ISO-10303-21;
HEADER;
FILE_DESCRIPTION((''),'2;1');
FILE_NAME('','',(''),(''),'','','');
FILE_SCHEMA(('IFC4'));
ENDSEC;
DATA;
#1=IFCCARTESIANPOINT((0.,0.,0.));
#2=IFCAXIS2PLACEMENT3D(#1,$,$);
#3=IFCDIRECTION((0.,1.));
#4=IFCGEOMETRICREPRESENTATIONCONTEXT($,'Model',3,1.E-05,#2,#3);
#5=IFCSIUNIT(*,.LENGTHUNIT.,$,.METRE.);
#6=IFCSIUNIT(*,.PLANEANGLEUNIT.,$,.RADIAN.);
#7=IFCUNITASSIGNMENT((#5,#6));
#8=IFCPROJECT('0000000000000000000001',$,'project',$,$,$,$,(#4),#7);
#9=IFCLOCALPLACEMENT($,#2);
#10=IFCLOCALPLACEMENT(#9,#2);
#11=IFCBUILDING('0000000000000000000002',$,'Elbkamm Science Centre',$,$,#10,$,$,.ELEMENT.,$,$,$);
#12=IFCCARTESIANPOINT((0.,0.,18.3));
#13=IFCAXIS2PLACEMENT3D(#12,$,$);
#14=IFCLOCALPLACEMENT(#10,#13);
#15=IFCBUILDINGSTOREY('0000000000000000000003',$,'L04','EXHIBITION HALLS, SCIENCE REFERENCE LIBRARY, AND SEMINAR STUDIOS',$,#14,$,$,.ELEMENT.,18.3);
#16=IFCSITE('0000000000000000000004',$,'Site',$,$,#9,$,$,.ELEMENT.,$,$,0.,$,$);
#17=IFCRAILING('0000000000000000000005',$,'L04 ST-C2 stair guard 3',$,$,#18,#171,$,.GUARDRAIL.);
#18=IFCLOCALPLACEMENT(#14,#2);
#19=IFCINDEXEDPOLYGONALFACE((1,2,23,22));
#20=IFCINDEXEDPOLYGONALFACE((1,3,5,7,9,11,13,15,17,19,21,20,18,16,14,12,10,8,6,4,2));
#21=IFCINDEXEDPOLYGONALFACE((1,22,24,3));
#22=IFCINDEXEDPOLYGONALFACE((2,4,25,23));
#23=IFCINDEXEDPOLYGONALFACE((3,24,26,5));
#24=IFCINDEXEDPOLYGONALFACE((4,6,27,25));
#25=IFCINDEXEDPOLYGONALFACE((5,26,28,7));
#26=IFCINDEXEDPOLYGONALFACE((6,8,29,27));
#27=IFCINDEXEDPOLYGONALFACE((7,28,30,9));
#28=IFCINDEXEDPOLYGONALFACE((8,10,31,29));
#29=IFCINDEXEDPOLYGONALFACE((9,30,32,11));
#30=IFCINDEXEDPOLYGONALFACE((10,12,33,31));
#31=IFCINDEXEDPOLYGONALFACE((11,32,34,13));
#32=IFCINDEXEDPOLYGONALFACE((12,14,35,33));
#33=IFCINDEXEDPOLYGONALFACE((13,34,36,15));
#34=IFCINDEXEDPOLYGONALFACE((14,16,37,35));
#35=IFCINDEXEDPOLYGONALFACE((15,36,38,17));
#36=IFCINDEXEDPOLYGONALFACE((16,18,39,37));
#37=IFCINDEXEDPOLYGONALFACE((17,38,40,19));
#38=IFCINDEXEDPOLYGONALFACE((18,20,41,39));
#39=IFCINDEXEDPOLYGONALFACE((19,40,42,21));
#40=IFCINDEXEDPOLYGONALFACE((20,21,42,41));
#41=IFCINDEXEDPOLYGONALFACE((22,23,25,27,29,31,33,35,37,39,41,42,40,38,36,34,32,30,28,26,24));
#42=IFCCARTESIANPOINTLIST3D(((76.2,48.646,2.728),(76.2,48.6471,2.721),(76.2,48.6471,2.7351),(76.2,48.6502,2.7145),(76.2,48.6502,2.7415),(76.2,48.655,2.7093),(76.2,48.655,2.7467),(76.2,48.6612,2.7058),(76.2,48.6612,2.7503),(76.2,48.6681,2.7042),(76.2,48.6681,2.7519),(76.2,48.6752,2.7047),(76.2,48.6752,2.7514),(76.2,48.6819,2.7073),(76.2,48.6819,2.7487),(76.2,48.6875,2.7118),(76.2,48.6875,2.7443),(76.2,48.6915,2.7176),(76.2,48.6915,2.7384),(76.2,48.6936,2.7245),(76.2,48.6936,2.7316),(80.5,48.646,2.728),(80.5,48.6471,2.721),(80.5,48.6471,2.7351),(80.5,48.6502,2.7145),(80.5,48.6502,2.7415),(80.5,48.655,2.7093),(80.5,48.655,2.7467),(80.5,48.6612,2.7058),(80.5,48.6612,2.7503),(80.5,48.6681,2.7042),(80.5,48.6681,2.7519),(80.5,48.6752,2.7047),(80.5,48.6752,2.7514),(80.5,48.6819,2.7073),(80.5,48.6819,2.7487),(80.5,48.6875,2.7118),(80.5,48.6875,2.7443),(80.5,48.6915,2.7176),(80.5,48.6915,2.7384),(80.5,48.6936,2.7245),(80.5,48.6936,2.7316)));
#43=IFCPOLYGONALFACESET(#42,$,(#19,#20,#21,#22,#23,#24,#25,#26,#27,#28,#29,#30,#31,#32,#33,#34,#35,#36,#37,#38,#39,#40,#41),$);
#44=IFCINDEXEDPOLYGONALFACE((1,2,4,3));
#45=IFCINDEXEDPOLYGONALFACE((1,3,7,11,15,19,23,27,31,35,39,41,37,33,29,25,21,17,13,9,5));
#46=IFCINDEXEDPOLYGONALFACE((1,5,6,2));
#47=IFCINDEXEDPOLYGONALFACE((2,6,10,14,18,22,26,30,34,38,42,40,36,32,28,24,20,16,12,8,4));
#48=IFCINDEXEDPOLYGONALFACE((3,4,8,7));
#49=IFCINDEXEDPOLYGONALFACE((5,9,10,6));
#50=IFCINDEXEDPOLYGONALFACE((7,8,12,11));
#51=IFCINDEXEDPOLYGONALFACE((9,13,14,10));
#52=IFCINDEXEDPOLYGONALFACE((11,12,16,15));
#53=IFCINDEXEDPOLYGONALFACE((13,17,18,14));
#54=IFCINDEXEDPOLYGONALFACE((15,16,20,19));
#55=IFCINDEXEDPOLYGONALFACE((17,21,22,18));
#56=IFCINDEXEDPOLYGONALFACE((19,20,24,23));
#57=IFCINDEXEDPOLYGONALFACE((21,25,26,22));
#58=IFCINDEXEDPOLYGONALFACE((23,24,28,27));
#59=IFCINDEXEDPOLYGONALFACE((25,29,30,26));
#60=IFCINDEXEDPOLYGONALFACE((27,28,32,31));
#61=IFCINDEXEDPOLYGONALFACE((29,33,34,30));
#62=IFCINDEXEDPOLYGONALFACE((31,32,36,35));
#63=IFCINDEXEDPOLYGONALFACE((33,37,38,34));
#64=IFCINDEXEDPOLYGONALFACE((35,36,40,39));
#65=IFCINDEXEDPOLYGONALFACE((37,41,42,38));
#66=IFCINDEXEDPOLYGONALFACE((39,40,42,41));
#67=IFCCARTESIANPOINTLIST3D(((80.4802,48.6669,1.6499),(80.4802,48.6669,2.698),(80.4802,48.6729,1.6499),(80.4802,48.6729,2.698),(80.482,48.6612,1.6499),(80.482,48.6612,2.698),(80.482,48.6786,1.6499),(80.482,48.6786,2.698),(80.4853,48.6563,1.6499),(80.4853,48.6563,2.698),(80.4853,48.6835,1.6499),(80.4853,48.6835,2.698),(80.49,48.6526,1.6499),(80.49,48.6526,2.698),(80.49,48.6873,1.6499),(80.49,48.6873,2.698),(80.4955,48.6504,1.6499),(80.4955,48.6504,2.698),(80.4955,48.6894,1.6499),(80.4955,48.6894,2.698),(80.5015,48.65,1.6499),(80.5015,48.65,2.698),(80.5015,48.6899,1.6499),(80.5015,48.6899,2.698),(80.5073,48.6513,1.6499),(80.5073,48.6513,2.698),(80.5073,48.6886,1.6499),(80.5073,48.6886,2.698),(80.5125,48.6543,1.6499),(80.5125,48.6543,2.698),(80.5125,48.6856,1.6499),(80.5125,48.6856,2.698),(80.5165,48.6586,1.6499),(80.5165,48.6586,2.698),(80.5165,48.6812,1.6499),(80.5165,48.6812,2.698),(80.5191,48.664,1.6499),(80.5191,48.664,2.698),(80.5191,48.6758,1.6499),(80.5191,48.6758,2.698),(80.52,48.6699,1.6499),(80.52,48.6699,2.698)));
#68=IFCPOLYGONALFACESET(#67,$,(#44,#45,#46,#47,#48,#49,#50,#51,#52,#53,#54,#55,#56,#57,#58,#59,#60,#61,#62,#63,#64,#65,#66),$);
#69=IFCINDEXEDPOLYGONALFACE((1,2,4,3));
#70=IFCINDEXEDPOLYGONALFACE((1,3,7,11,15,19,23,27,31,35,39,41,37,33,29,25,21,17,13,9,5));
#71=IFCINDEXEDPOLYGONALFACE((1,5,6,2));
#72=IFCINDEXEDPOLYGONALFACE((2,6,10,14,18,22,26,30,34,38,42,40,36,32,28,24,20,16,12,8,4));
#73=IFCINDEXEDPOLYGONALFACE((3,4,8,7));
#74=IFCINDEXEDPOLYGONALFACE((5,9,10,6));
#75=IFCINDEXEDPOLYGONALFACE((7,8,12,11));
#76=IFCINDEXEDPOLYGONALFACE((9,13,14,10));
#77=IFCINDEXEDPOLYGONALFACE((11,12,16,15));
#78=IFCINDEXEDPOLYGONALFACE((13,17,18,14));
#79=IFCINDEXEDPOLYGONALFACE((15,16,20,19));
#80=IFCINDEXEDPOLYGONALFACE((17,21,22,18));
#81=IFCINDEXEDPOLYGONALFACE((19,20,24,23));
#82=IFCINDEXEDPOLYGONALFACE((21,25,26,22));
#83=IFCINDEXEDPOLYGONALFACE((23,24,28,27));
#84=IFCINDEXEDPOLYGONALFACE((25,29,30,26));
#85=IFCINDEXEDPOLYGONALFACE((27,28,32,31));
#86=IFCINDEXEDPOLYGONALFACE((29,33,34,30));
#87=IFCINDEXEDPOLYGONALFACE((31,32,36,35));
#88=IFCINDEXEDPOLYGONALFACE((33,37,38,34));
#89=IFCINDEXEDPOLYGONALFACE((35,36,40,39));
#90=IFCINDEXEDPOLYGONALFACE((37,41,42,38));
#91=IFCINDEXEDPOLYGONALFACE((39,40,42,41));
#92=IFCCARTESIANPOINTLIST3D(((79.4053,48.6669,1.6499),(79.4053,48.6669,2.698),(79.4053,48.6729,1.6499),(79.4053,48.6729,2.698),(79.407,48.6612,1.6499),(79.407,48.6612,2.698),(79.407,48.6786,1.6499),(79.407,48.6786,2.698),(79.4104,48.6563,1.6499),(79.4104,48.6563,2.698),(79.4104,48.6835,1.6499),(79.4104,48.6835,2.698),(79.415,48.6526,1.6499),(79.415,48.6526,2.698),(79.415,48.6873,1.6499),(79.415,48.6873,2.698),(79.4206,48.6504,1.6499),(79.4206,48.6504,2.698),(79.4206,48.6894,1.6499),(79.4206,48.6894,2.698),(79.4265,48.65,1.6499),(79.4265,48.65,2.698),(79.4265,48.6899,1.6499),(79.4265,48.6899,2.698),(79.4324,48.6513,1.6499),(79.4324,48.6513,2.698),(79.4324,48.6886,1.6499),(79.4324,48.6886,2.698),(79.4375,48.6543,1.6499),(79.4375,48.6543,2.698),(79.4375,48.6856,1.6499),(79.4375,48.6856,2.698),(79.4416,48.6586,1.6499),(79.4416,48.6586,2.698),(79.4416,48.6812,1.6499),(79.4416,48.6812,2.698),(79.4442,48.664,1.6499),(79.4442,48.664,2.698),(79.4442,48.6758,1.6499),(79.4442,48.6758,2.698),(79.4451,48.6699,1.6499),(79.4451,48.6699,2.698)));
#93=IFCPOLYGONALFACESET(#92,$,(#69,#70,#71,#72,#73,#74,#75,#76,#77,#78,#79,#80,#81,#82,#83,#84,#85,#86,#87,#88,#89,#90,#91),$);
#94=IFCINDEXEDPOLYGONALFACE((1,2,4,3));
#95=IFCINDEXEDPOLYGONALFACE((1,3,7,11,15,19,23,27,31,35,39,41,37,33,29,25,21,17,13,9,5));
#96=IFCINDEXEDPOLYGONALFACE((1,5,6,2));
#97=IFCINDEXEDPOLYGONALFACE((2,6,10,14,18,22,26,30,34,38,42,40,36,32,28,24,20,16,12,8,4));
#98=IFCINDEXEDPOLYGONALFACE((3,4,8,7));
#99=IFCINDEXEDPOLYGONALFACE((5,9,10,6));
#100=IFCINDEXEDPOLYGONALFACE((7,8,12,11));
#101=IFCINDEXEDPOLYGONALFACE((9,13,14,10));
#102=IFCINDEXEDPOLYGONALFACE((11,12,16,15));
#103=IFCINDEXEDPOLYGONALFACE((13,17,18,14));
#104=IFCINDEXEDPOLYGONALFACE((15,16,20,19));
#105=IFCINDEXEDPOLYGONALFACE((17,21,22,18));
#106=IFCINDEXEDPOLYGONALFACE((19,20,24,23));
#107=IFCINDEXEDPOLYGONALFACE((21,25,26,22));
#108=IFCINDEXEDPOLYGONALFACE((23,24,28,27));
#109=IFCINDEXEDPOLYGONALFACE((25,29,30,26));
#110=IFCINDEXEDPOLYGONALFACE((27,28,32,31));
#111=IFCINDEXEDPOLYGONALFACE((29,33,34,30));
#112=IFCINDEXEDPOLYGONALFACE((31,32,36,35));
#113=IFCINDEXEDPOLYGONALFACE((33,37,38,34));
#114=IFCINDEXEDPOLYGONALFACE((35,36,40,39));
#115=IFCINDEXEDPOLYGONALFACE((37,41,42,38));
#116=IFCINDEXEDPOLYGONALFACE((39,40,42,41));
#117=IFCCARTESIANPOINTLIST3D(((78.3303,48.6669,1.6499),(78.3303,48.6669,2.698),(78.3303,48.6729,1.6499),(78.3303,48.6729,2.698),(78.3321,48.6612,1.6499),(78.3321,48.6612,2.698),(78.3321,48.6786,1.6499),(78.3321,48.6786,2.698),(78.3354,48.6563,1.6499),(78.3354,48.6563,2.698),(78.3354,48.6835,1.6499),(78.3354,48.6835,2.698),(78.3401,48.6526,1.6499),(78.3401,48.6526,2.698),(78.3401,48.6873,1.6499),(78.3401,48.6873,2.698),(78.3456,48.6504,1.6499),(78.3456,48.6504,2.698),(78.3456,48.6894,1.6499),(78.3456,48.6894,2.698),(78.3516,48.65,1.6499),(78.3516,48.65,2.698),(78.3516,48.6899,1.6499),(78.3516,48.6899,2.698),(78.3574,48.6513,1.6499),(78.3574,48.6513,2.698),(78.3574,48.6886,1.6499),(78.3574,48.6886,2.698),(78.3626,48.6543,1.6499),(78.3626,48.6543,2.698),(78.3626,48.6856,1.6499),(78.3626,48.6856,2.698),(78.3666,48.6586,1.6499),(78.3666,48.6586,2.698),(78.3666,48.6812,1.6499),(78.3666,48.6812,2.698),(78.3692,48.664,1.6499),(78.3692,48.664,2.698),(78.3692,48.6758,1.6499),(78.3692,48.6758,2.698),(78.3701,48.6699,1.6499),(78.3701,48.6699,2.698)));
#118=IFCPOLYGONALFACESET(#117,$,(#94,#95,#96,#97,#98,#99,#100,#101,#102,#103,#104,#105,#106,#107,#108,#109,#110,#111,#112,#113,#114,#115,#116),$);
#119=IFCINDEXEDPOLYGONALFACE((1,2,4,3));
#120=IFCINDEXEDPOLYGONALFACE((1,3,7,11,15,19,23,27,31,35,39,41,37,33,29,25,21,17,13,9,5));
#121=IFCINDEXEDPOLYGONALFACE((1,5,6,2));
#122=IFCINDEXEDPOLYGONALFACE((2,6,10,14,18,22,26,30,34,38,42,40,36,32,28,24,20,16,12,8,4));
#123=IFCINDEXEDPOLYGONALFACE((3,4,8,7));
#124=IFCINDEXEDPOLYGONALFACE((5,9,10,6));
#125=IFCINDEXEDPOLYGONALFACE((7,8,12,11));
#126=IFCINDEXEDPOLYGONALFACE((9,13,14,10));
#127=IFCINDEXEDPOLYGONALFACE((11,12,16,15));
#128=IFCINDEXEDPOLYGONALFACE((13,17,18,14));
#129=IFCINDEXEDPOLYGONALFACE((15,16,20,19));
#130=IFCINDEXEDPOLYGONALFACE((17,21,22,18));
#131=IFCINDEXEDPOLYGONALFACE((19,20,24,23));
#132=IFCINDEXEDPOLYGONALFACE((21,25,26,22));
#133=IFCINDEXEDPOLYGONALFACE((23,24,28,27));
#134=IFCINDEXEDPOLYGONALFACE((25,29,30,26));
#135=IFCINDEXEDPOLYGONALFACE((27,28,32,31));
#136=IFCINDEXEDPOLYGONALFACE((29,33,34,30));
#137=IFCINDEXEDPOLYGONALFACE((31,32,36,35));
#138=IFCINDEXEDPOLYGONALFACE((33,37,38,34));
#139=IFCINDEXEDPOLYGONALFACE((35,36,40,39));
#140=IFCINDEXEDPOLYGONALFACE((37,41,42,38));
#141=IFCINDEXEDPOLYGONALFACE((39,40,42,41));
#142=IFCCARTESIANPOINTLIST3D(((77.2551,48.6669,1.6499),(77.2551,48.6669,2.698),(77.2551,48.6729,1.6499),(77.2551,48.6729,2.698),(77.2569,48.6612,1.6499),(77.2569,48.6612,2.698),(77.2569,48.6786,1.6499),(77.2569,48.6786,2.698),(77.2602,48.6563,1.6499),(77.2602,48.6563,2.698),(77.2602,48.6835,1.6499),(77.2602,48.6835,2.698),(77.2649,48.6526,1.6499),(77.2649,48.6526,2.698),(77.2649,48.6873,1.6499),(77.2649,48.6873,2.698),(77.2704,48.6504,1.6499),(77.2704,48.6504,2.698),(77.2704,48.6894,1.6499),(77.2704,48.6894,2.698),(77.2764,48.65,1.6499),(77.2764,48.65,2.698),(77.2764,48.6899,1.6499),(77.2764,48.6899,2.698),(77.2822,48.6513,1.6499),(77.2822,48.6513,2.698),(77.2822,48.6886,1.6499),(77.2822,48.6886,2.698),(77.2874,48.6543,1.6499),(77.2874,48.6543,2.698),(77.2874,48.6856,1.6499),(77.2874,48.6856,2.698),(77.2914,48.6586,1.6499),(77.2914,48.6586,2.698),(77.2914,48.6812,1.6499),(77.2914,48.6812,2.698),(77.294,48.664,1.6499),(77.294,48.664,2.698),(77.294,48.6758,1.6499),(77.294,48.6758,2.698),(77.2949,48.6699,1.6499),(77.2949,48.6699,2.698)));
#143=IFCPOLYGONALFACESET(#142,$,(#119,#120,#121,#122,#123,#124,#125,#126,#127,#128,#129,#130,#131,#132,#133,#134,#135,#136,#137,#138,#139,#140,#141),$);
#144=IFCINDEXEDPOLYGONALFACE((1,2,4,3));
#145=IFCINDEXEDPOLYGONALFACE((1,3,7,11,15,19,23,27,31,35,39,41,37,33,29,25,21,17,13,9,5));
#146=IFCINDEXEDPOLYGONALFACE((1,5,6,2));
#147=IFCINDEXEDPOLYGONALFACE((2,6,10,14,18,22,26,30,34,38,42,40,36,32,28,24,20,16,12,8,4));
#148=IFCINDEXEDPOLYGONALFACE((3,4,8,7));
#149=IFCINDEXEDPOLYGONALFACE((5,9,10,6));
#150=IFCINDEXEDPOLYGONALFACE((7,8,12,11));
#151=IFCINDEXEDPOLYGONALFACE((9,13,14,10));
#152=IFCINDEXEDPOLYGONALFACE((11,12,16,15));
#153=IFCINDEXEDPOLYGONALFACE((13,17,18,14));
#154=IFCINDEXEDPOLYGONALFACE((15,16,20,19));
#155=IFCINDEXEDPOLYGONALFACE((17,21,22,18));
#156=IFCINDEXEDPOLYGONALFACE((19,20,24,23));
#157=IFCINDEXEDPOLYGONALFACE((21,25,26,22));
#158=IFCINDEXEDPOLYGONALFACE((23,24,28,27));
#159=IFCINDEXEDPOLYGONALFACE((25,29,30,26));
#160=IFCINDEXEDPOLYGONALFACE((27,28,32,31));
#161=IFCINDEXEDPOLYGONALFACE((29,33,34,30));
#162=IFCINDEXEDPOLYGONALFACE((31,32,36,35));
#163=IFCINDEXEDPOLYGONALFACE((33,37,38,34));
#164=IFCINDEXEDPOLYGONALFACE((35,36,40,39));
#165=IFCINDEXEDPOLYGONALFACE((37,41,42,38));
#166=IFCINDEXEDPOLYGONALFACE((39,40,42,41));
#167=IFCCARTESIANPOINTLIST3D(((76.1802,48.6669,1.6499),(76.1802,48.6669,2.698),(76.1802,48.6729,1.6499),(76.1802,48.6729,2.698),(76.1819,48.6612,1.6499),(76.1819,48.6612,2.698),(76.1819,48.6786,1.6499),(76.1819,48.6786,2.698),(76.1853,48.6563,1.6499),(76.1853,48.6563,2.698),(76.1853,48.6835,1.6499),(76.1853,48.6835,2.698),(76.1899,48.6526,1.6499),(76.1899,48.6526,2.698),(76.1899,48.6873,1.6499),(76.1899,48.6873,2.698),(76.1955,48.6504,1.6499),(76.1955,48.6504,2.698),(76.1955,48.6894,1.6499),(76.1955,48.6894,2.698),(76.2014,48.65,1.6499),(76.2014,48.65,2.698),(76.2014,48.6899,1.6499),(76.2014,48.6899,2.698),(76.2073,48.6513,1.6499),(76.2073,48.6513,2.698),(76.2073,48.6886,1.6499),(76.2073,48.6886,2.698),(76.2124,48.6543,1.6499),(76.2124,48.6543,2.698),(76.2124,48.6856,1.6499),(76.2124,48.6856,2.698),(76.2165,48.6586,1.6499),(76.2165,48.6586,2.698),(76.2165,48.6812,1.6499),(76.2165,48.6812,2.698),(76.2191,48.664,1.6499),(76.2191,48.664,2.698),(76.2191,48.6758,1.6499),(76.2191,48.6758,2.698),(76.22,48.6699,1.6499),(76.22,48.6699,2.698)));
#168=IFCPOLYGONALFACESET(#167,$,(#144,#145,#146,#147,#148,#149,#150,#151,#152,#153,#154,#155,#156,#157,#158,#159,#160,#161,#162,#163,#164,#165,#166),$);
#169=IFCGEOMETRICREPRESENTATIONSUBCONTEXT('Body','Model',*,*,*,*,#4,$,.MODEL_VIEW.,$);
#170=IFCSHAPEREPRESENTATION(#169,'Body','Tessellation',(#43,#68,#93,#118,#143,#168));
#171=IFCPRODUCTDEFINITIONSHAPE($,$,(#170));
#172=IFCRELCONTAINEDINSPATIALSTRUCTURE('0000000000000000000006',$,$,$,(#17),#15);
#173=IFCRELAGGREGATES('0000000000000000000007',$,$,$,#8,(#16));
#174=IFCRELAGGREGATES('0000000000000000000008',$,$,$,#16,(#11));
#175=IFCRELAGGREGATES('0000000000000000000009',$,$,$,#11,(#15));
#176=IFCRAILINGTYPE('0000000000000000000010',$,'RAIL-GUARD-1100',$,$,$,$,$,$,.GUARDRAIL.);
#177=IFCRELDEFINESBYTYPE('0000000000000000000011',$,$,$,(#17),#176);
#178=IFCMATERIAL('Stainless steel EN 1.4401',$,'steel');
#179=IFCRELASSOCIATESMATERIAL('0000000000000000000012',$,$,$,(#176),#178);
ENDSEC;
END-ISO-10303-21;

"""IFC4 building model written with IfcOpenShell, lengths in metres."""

from ifc_helpers import new_model, si_unit, direction, frame, origin, origin_2d, place, context, subcontext, project, spatial, circle, extrude, material, type_object, element, save


model = new_model("IFC4")

# Units and contexts
model_context = context("Model", 3, precision=1e-05, world=origin(), true_north=direction((0.0, 1.0)))
body_context = subcontext(model_context, "Body", "Model", "MODEL_VIEW")
ifc_project = project(units=[si_unit("LENGTHUNIT", "METRE"), si_unit("PLANEANGLEUNIT", "RADIAN")], contexts=[model_context])

# Site, building, storey
site_placement = place(None, origin())
site = spatial("IfcSite", under=ifc_project, at=site_placement, Name="Site", CompositionType="ELEMENT", RefElevation=0.0)
building_placement = place(site_placement, origin())
building = spatial("IfcBuilding", under=site, at=building_placement, Name="Elbkamm Science Centre", CompositionType="ELEMENT")
storey_placement = place(building_placement, frame((0.0, 0.0, 18.3)))
storey = spatial("IfcBuildingStorey", under=building, at=storey_placement, Name="L04", Description="EXHIBITION HALLS, SCIENCE REFERENCE LIBRARY, AND SEMINAR STUDIOS", CompositionType="ELEMENT", Elevation=18.3)

# Railing
ifc_material_1 = material(Name="Stainless steel EN 1.4401", Category="steel")
railing_type_1 = type_object("IfcRailingType", Name="RAIL-GUARD-1100", PredefinedType="GUARDRAIL", material=ifc_material_1)
for number, where, name in (
    (1, (80.5, 48.6699, 1.6499), "L04 ST-C2 stair guard 3"),
):
    element("IfcRailing", number, at=place(storey_placement, frame(where)), inside=storey, type_object=railing_type_1, Name=name, PredefinedType="GUARDRAIL", context=body_context, shape_type="SweptSolid", body=[
        extrude(circle(Radius=0.0239, at=origin_2d()), frame((0.0, 0.0, 1.0781), z_axis=(-1.0, 0.0, 0.0), x_axis=(0.0, -1.0, 0.0)), (0.0, 0.0, 1.0), 4.3),
        extrude(circle(Radius=0.02, at=origin_2d()), origin(), (0.0, 0.0, 1.0), 1.0481),
        extrude(circle(Radius=0.02, at=origin_2d()), frame((-1.075, 0.0, 0.0)), (0.0, 0.0, 1.0), 1.0481),
        extrude(circle(Radius=0.02, at=origin_2d()), frame((-2.1499, 0.0, 0.0)), (0.0, 0.0, 1.0), 1.0481),
        extrude(circle(Radius=0.02, at=origin_2d()), frame((-3.2251, 0.0, 0.0)), (0.0, 0.0, 1.0), 1.0481),
        extrude(circle(Radius=0.02, at=origin_2d()), frame((-4.3, 0.0, 0.0)), (0.0, 0.0, 1.0), 1.0481),
    ])

save(model, "model.ifc")
